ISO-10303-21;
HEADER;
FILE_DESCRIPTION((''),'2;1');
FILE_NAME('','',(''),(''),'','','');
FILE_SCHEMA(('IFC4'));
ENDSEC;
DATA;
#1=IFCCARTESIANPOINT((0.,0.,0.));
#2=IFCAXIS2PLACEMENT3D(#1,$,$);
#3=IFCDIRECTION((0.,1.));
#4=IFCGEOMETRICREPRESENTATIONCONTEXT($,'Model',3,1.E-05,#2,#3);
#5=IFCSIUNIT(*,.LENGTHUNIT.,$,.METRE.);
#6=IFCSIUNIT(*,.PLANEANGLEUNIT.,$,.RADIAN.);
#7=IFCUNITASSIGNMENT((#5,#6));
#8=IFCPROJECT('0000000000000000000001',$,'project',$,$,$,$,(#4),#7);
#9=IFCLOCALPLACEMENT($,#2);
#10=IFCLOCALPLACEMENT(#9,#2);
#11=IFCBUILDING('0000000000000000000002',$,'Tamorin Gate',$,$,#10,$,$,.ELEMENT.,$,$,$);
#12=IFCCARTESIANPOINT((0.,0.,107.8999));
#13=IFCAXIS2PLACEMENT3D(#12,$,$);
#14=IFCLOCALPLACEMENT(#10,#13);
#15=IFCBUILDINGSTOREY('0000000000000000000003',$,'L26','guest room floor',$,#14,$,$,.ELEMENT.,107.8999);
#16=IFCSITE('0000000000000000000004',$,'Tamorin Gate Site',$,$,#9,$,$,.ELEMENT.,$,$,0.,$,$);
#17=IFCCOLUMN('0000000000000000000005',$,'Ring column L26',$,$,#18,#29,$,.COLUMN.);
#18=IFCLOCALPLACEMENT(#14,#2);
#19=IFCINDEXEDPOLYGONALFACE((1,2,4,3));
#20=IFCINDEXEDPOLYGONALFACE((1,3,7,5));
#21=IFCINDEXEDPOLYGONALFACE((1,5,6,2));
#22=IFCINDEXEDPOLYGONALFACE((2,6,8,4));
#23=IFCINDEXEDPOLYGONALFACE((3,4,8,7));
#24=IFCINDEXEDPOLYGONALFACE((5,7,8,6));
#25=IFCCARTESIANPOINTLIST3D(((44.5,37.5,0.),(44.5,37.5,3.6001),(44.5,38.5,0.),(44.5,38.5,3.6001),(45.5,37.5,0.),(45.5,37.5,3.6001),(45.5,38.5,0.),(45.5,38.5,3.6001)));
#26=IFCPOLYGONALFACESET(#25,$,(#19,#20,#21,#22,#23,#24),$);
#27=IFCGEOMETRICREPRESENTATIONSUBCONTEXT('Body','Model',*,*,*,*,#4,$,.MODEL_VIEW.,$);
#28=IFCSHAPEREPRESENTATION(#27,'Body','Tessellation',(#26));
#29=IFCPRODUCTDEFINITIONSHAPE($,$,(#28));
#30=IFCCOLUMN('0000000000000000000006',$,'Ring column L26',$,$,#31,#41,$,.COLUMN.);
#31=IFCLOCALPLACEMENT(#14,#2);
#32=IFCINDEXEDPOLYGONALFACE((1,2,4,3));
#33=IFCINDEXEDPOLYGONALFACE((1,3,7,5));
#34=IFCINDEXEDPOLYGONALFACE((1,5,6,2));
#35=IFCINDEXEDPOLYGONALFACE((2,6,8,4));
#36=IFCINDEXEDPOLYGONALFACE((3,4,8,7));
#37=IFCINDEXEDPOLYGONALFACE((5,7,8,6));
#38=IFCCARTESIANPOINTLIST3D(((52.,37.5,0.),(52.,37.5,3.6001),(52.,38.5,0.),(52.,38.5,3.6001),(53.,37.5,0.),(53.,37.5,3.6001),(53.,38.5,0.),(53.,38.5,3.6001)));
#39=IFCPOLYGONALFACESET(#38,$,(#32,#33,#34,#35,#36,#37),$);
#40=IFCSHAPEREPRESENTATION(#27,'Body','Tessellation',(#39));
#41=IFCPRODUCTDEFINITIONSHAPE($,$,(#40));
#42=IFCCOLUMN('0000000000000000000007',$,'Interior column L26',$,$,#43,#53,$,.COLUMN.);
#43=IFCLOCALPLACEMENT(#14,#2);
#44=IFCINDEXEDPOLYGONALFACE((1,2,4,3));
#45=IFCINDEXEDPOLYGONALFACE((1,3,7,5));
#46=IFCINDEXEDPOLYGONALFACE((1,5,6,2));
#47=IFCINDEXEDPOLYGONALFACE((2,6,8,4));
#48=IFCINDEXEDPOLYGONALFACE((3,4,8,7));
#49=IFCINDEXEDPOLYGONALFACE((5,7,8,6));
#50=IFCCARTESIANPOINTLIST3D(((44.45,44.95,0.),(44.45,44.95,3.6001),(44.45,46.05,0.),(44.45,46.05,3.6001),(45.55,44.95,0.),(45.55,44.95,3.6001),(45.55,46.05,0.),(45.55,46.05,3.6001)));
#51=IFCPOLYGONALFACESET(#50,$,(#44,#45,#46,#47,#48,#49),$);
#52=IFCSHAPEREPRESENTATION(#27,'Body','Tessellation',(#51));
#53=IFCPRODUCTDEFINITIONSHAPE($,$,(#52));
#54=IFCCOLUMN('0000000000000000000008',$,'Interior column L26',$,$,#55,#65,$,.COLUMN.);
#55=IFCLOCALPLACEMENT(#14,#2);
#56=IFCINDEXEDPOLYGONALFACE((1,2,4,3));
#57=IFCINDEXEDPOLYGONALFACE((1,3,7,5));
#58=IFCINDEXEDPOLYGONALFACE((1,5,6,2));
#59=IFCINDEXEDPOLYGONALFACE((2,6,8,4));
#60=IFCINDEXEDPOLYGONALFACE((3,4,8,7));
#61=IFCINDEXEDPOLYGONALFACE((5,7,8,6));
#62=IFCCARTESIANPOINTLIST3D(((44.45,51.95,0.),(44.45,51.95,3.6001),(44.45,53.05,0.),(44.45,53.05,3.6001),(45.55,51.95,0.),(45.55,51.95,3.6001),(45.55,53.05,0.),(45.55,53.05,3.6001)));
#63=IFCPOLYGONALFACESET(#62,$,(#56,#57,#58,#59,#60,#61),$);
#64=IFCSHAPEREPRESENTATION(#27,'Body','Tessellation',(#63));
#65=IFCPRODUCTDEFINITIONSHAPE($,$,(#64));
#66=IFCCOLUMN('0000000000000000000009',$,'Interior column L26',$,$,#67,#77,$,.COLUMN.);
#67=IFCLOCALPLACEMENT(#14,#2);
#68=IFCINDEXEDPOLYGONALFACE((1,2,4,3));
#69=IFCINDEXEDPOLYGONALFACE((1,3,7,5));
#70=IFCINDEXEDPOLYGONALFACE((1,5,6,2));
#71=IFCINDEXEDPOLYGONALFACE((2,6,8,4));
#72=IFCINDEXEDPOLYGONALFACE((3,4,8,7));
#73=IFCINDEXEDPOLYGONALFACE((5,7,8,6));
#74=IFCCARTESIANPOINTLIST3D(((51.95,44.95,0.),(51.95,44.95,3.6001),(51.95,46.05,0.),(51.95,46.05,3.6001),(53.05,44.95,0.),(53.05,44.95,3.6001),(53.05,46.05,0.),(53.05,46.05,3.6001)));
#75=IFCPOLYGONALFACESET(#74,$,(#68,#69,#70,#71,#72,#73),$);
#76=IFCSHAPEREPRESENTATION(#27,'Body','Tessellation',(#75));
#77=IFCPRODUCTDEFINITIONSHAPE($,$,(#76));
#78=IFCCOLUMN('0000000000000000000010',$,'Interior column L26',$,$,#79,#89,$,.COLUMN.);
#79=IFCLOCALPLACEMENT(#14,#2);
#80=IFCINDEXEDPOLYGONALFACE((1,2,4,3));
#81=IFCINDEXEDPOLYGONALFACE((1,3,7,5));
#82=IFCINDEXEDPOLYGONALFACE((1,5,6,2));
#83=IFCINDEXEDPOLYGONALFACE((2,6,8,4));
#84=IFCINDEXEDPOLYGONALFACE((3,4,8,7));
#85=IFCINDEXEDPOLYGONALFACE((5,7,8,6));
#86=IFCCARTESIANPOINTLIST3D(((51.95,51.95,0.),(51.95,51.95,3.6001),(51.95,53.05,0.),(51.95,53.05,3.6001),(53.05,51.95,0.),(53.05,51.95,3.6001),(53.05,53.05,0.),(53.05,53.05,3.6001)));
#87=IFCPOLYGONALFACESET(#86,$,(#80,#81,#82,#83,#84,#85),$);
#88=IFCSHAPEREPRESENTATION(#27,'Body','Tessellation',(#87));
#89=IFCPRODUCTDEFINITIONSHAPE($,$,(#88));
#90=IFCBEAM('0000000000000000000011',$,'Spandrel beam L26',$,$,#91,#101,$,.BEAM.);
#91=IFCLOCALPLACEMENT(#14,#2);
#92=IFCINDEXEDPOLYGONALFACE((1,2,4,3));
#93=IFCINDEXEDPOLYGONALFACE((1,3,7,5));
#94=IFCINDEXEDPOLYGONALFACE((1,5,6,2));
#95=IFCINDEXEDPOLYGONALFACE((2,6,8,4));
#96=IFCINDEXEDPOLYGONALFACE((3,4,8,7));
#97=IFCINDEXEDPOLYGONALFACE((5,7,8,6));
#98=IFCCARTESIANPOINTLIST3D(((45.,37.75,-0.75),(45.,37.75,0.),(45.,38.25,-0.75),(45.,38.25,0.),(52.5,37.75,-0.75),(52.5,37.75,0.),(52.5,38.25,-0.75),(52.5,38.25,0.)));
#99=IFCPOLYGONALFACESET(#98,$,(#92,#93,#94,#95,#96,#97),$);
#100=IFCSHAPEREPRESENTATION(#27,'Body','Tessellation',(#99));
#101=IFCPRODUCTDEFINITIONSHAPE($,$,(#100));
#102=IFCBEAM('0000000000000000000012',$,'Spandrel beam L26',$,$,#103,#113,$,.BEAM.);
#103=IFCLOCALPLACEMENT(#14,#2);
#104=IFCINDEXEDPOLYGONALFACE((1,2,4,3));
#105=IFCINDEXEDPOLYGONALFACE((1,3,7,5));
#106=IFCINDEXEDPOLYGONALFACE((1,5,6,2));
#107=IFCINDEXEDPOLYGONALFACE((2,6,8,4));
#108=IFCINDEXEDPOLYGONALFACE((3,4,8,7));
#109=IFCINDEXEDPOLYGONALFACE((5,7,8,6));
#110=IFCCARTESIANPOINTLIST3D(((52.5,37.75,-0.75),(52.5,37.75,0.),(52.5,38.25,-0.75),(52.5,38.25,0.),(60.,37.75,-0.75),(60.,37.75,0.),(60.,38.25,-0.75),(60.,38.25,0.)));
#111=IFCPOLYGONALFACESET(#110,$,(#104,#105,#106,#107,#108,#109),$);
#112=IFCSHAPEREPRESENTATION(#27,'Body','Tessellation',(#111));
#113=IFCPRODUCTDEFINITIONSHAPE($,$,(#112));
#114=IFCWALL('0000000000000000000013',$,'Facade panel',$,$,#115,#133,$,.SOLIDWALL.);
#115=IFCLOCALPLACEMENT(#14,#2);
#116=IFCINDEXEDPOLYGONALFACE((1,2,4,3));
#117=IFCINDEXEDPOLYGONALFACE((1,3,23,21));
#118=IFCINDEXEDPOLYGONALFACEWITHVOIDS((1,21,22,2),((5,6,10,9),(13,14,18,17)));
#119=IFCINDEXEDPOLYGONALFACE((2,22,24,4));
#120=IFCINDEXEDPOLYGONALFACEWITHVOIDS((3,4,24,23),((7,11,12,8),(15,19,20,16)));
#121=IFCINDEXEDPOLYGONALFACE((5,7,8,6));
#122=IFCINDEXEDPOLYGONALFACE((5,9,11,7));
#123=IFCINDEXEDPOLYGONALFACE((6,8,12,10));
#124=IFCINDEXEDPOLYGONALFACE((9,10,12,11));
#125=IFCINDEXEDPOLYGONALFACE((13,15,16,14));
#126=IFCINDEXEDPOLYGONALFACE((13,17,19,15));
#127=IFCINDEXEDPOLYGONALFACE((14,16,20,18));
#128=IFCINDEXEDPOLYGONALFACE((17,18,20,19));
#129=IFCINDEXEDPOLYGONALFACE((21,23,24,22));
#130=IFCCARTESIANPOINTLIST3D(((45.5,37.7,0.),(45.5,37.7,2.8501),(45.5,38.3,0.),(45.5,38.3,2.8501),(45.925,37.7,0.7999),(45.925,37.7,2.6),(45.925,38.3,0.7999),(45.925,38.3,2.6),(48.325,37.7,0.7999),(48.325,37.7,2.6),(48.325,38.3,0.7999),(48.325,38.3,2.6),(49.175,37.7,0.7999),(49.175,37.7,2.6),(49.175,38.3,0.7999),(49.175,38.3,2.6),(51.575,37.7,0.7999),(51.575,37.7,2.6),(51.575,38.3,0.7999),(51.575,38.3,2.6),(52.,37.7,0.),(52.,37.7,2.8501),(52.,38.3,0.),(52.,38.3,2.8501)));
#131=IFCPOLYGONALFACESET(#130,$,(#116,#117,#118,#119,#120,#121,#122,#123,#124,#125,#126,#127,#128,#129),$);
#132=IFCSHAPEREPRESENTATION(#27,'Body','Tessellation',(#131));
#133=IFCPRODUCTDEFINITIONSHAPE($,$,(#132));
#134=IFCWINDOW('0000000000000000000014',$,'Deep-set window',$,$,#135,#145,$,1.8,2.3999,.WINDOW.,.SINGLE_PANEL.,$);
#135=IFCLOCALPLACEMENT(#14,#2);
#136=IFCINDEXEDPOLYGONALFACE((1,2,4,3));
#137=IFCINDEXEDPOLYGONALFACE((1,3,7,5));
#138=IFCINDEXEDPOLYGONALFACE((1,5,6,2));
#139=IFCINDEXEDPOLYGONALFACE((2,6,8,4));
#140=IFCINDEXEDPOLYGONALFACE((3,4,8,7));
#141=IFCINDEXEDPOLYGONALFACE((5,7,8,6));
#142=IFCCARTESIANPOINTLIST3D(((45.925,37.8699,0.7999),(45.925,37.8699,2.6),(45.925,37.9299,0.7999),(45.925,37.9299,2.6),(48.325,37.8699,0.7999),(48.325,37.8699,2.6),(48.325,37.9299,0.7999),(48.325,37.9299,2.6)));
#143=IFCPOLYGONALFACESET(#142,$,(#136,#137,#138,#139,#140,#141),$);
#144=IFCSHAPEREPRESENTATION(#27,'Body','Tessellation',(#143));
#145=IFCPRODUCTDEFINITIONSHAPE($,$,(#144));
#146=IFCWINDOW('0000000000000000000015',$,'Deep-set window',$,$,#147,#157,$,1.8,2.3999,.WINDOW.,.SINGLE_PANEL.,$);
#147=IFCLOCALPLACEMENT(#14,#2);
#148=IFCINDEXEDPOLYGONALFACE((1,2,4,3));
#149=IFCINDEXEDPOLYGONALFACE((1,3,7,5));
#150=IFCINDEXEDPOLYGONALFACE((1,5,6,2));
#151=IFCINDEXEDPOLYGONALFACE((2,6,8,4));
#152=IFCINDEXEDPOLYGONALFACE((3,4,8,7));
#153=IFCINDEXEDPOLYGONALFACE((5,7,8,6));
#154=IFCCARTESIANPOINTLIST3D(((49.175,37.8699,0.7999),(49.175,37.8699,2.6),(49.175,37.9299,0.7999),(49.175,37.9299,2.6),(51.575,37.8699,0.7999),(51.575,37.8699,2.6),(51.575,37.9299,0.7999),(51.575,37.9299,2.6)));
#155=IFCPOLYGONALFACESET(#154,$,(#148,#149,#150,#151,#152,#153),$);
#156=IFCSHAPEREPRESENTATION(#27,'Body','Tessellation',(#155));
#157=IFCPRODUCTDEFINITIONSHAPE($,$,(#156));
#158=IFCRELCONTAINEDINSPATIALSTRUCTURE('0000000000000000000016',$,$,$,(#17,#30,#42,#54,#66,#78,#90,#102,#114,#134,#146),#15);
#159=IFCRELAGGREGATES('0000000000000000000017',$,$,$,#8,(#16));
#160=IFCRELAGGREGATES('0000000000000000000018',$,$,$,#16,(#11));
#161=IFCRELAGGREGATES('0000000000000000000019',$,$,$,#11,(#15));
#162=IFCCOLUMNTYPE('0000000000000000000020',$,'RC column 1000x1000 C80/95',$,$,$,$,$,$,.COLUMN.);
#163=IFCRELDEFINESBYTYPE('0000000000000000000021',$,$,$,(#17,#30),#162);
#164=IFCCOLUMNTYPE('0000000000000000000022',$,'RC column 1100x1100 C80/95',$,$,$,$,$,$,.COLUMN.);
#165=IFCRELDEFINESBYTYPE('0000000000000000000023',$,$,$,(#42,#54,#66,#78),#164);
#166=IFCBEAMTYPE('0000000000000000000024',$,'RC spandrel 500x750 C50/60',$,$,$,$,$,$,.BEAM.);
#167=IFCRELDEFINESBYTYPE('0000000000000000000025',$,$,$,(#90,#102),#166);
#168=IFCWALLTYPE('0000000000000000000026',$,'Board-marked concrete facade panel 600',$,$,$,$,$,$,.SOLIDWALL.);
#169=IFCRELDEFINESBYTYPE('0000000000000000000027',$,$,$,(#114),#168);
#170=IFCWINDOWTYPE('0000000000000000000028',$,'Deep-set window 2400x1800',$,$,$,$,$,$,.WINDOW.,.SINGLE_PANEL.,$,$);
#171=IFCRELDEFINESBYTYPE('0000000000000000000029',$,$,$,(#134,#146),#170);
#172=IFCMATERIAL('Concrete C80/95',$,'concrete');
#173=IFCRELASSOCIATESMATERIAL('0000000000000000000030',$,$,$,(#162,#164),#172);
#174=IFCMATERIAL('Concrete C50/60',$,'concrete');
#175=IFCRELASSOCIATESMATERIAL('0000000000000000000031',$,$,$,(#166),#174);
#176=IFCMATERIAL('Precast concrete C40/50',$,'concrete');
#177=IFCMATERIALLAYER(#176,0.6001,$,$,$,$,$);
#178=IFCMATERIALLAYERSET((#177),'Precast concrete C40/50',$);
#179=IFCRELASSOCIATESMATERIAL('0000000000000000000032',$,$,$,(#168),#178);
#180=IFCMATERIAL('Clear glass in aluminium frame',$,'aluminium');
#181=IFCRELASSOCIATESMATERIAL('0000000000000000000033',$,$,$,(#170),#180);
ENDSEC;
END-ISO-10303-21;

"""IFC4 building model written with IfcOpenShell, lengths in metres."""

from ifc_helpers import new_model, si_unit, direction, frame, frame_2d, origin, origin_2d, place, context, subcontext, project, spatial, rectangle, extrude, material, layer, layer_set, material_profile, profile_set, type_object, element, fill, save


model = new_model("IFC4")

# Units and contexts
model_context = context("Model", 3, precision=1e-05, world=origin(), true_north=direction((0.0, 1.0)))
body_context = subcontext(model_context, "Body", "Model", "MODEL_VIEW")
ifc_project = project(units=[si_unit("LENGTHUNIT", "METRE"), si_unit("PLANEANGLEUNIT", "RADIAN")], contexts=[model_context])

# Site, building, storey
site_placement = place(None, origin())
site = spatial("IfcSite", under=ifc_project, at=site_placement, Name="Tamorin Gate Site", CompositionType="ELEMENT", RefElevation=0.0)
building_placement = place(site_placement, origin())
building = spatial("IfcBuilding", under=site, at=building_placement, Name="Tamorin Gate", CompositionType="ELEMENT")
storey_placement = place(building_placement, frame((0.0, 0.0, 107.8999)))
storey = spatial("IfcBuildingStorey", under=building, at=storey_placement, Name="L26", Description="guest room floor", CompositionType="ELEMENT", Elevation=107.8999)

# Columns
ifc_material_1 = material(Name="Concrete C80/95", Category="concrete")
ifc_material_profile_1 = material_profile(ifc_material_1, rectangle(XDim=1.0, YDim=1.0, at=origin_2d()), Name="RC 1000x1000")
ifc_profile_set_1 = profile_set([ifc_material_profile_1], Name="Concrete C80/95")
column_type_1 = type_object("IfcColumnType", Name="RC column 1000x1000 C80/95", PredefinedType="COLUMN", material=ifc_profile_set_1)
for number, where, z_axis, x_axis, name in (
    (1, (45.0, 38.0, 0.0), (0.0, 0.0, 1.0), (1.0, 0.0, 0.0), "Ring column L26"),
    (2, (52.5, 38.0, 0.0), (0.0, 0.0, 1.0), (1.0, 0.0, 0.0), "Ring column L26"),
):
    element("IfcColumn", number, at=place(storey_placement, frame(where, z_axis=z_axis, x_axis=x_axis)), inside=storey, type_object=column_type_1, Name=name, PredefinedType="COLUMN", context=body_context, shape_type="SweptSolid", body=[
        extrude(rectangle(XDim=1.0, YDim=1.0, at=origin_2d()), origin(), (0.0, 0.0, 1.0), 3.6001),
    ])
ifc_material_profile_2 = material_profile(ifc_material_1, rectangle(XDim=1.1001, YDim=1.1001, at=origin_2d()), Name="RC 1100x1100")
ifc_profile_set_2 = profile_set([ifc_material_profile_2], Name="Concrete C80/95")
column_type_2 = type_object("IfcColumnType", Name="RC column 1100x1100 C80/95", PredefinedType="COLUMN", material=ifc_profile_set_2)
for number, where, z_axis, x_axis, name in (
    (3, (45.0, 45.5, 0.0), (0.0, 0.0, 1.0), (1.0, 0.0, 0.0), "Interior column L26"),
    (4, (45.0, 52.5, 0.0), (0.0, 0.0, 1.0), (1.0, 0.0, 0.0), "Interior column L26"),
    (5, (52.5, 45.5, 0.0), (0.0, 0.0, 1.0), (1.0, 0.0, 0.0), "Interior column L26"),
    (6, (52.5, 52.5, 0.0), (0.0, 0.0, 1.0), (1.0, 0.0, 0.0), "Interior column L26"),
):
    element("IfcColumn", number, at=place(storey_placement, frame(where, z_axis=z_axis, x_axis=x_axis)), inside=storey, type_object=column_type_2, Name=name, PredefinedType="COLUMN", context=body_context, shape_type="SweptSolid", body=[
        extrude(rectangle(XDim=1.1001, YDim=1.1001, at=origin_2d()), origin(), (0.0, 0.0, 1.0), 3.6001),
    ])

# Beams
ifc_material_2 = material(Name="Concrete C50/60", Category="concrete")
ifc_material_profile_3 = material_profile(ifc_material_2, rectangle(XDim=0.5, YDim=0.75, at=origin_2d()), Name="RC 500x750")
ifc_profile_set_3 = profile_set([ifc_material_profile_3], Name="Concrete C50/60")
beam_type = type_object("IfcBeamType", Name="RC spandrel 500x750 C50/60", PredefinedType="BEAM", material=ifc_profile_set_3)
for number, where, z_axis, x_axis, name in (
    (7, (45.0, 38.0, -0.375), (1.0, 0.0, 0.0), (0.0, 1.0, 0.0), "Spandrel beam L26"),
    (8, (52.5, 38.0, -0.375), (1.0, 0.0, 0.0), (0.0, 1.0, 0.0), "Spandrel beam L26"),
):
    element("IfcBeam", number, at=place(storey_placement, frame(where, z_axis=z_axis, x_axis=x_axis)), inside=storey, type_object=beam_type, Name=name, PredefinedType="BEAM", context=body_context, shape_type="SweptSolid", body=[
        extrude(rectangle(XDim=0.5, YDim=0.75, at=origin_2d()), origin(), (0.0, 0.0, 1.0), 7.5),
    ])

# Wall, openings, windows
ifc_material_3 = material(Name="Precast concrete C40/50", Category="concrete")
ifc_layer_1 = layer(ifc_material_3, 0.6001)
ifc_layer_set_1 = layer_set([ifc_layer_1], Name="Precast concrete C40/50")
wall_type_1 = type_object("IfcWallType", Name="Board-marked concrete facade panel 600", PredefinedType="SOLIDWALL", material=ifc_layer_set_1)
wall_1_placement = place(storey_placement, frame((45.5, 38.0, 0.0), z_axis=(0.0, 0.0, 1.0), x_axis=(1.0, 0.0, 0.0)))
wall_1 = element("IfcWall", 9, at=wall_1_placement, inside=storey, type_object=wall_type_1, Name="Facade panel", PredefinedType="SOLIDWALL", context=body_context, shape_type="SweptSolid", body=[
    extrude(rectangle(XDim=6.5, YDim=0.6001, at=frame_2d((3.25, 0.0))), origin(), (0.0, 0.0, 1.0), 2.8501),
])
opening_1_placement = place(wall_1_placement, frame((0.425, 0.0, 0.8)))
opening_1 = element("IfcOpeningElement", 10, at=opening_1_placement, cuts=wall_1, PredefinedType="OPENING", context=body_context, shape_type="SweptSolid", body=[
    extrude(rectangle(XDim=2.3999, YDim=1.8, at=frame_2d((1.2, 0.8999))), frame((0.0, 0.3101, 0.0), z_axis=(0.0, -1.0, 0.0), x_axis=(1.0, 0.0, 0.0)), (0.0, 0.0, 1.0), 0.6201),
])
opening_2_placement = place(wall_1_placement, frame((3.675, 0.0, 0.8)))
opening_2 = element("IfcOpeningElement", 11, at=opening_2_placement, cuts=wall_1, PredefinedType="OPENING", context=body_context, shape_type="SweptSolid", body=[
    extrude(rectangle(XDim=2.3999, YDim=1.8, at=frame_2d((1.2, 0.8999))), frame((0.0, 0.3101, 0.0), z_axis=(0.0, -1.0, 0.0), x_axis=(1.0, 0.0, 0.0)), (0.0, 0.0, 1.0), 0.6201),
])
ifc_material_4 = material(Name="Clear glass in aluminium frame", Category="aluminium")
window_type = type_object("IfcWindowType", Name="Deep-set window 2400x1800", PartitioningType="SINGLE_PANEL", PredefinedType="WINDOW", material=ifc_material_4)
window_1_placement = place(opening_1_placement, origin())
window_1 = element("IfcWindow", 12, at=window_1_placement, inside=storey, type_object=window_type, Name="Deep-set window", OverallHeight=1.8, OverallWidth=2.3999, PartitioningType="SINGLE_PANEL", PredefinedType="WINDOW", context=body_context, shape_type="SweptSolid", body=[
    extrude(rectangle(XDim=2.3999, YDim=1.8, at=frame_2d((1.2, 0.8999))), frame((0.0, -0.0701, 0.0), z_axis=(0.0, -1.0, 0.0), x_axis=(1.0, 0.0, 0.0)), (0.0, 0.0, 1.0), 0.0601),
])
fill(opening_1, window_1)
window_2_placement = place(opening_2_placement, origin())
window_2 = element("IfcWindow", 13, at=window_2_placement, inside=storey, type_object=window_type, Name="Deep-set window", OverallHeight=1.8, OverallWidth=2.3999, PartitioningType="SINGLE_PANEL", PredefinedType="WINDOW", context=body_context, shape_type="SweptSolid", body=[
    extrude(rectangle(XDim=2.3999, YDim=1.8, at=frame_2d((1.2, 0.8999))), frame((0.0, -0.0701, 0.0), z_axis=(0.0, -1.0, 0.0), x_axis=(1.0, 0.0, 0.0)), (0.0, 0.0, 1.0), 0.0601),
])
fill(opening_2, window_2)

save(model, "model.ifc")
